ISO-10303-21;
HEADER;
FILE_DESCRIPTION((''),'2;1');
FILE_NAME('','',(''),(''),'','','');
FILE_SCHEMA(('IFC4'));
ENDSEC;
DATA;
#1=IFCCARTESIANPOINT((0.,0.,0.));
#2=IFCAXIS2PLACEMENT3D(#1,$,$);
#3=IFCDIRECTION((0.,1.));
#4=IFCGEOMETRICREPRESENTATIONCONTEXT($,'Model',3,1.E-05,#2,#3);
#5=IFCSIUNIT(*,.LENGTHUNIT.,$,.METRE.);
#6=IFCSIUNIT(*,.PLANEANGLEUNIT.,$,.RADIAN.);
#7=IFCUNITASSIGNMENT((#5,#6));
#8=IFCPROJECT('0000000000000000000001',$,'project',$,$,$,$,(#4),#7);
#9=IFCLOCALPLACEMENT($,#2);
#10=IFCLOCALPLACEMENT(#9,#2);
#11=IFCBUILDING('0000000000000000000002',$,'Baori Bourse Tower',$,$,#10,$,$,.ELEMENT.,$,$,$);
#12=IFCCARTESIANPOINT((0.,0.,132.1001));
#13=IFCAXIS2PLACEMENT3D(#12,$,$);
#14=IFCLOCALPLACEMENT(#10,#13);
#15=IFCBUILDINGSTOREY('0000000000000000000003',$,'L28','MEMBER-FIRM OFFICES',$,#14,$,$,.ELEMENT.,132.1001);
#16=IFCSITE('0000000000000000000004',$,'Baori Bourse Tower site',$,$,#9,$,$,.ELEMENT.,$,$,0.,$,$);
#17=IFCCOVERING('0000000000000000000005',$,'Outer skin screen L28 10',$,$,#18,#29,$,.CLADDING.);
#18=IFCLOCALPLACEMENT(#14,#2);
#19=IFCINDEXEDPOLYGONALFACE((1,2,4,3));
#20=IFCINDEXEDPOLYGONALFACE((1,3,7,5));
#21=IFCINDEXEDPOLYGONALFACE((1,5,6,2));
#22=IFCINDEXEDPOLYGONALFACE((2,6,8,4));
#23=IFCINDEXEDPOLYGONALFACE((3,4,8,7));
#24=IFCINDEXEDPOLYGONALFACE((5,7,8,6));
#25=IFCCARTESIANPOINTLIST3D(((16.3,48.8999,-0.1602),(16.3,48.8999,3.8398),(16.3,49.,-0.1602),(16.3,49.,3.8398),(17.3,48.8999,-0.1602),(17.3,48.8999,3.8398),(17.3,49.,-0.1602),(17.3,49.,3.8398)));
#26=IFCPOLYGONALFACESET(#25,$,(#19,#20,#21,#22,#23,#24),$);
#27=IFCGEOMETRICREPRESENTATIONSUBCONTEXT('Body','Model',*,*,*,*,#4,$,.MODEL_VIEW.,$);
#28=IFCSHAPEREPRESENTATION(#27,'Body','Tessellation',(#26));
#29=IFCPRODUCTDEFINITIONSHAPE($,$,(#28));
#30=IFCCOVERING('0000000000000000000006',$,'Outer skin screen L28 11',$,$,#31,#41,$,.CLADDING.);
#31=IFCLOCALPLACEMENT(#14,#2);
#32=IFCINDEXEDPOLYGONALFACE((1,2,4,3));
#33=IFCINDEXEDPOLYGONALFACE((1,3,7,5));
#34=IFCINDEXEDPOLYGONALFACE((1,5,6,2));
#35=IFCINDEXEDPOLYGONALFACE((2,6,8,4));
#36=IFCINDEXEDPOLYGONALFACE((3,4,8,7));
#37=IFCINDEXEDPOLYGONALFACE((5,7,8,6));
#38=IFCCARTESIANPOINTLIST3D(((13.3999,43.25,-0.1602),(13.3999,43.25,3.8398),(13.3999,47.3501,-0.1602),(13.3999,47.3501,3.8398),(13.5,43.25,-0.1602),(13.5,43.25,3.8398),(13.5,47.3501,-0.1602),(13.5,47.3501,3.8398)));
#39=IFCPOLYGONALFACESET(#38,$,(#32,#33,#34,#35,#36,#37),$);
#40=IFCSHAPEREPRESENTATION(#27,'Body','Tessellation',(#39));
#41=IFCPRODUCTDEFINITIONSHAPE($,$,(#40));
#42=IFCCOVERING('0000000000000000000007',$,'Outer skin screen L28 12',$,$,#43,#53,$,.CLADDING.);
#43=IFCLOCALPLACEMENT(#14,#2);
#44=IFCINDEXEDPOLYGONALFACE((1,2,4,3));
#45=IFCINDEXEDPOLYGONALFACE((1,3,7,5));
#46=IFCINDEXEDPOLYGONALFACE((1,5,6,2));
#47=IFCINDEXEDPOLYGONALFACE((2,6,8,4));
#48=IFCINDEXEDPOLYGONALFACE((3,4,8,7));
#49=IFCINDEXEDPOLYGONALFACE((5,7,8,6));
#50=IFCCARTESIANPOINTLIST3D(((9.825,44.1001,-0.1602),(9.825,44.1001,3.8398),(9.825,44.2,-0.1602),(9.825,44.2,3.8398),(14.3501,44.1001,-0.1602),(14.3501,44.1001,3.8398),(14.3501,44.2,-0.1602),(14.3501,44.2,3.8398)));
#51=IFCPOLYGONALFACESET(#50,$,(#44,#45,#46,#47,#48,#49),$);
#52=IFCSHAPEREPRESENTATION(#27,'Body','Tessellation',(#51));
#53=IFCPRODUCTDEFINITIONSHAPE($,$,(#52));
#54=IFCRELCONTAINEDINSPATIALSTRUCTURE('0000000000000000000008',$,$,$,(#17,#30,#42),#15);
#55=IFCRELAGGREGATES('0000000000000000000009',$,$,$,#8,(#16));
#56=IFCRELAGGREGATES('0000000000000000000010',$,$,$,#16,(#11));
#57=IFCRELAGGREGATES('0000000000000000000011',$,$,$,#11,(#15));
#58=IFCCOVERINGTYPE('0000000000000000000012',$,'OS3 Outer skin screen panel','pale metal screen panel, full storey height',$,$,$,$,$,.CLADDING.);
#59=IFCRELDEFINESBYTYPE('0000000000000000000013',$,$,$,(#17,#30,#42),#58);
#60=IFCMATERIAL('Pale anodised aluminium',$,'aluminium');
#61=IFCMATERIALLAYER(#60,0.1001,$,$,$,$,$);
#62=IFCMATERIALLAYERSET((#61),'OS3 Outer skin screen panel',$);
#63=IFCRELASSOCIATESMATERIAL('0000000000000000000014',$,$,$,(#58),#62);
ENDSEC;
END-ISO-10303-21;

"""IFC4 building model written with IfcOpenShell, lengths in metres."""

from ifc_helpers import new_model, si_unit, direction, frame, origin, place, context, subcontext, project, spatial, polyline, outline, extrude, material, layer, layer_set, type_object, element, save


model = new_model("IFC4")

# Units and contexts
model_context = context("Model", 3, precision=1e-05, world=origin(), true_north=direction((0.0, 1.0)))
body_context = subcontext(model_context, "Body", "Model", "MODEL_VIEW")
ifc_project = project(units=[si_unit("LENGTHUNIT", "METRE"), si_unit("PLANEANGLEUNIT", "RADIAN")], contexts=[model_context])

# Site, building, storey
site_placement = place(None, origin())
site = spatial("IfcSite", under=ifc_project, at=site_placement, Name="Baori Bourse Tower site", CompositionType="ELEMENT", RefElevation=0.0)
building_placement = place(site_placement, origin())
building = spatial("IfcBuilding", under=site, at=building_placement, Name="Baori Bourse Tower", CompositionType="ELEMENT")
storey_placement = place(building_placement, frame((0.0, 0.0, 132.1001)))
storey = spatial("IfcBuildingStorey", under=building, at=storey_placement, Name="L28", Description="MEMBER-FIRM OFFICES", CompositionType="ELEMENT", Elevation=132.1001)

# Coverings
ifc_material_1 = material(Name="Pale anodised aluminium", Category="aluminium")
ifc_layer_1 = layer(ifc_material_1, 0.1001)
ifc_layer_set_1 = layer_set([ifc_layer_1], Name="OS3 Outer skin screen panel")
covering_type = type_object("IfcCoveringType", Name="OS3 Outer skin screen panel", Description="pale metal screen panel, full storey height", PredefinedType="CLADDING", material=ifc_layer_set_1)
covering_1_placement = place(storey_placement, frame((0.0, 0.0, -0.1602)))
element("IfcCovering", 1, at=covering_1_placement, inside=storey, type_object=covering_type, Name="Outer skin screen L28 10", PredefinedType="CLADDING", context=body_context, shape_type="SweptSolid", body=[
    extrude(outline(polyline([(16.3, 48.8999), (17.3, 48.8999), (17.3, 49.0), (16.3, 49.0), (16.3, 48.8999)])), origin(), (0.0, 0.0, 1.0), 4.0),
])
covering_2_placement = place(storey_placement, frame((0.0, 0.0, -0.1602)))
element("IfcCovering", 2, at=covering_2_placement, inside=storey, type_object=covering_type, Name="Outer skin screen L28 11", PredefinedType="CLADDING", context=body_context, shape_type="SweptSolid", body=[
    extrude(outline(polyline([(13.5, 43.25), (13.5, 47.3501), (13.3999, 47.3501), (13.3999, 43.25), (13.5, 43.25)])), origin(), (0.0, 0.0, 1.0), 4.0),
])
covering_3_placement = place(storey_placement, frame((0.0, 0.0, -0.1602)))
element("IfcCovering", 3, at=covering_3_placement, inside=storey, type_object=covering_type, Name="Outer skin screen L28 12", PredefinedType="CLADDING", context=body_context, shape_type="SweptSolid", body=[
    extrude(outline(polyline([(9.825, 44.1001), (14.3501, 44.1001), (14.3501, 44.2), (9.825, 44.2), (9.825, 44.1001)])), origin(), (0.0, 0.0, 1.0), 4.0),
])

save(model, "model.ifc")
